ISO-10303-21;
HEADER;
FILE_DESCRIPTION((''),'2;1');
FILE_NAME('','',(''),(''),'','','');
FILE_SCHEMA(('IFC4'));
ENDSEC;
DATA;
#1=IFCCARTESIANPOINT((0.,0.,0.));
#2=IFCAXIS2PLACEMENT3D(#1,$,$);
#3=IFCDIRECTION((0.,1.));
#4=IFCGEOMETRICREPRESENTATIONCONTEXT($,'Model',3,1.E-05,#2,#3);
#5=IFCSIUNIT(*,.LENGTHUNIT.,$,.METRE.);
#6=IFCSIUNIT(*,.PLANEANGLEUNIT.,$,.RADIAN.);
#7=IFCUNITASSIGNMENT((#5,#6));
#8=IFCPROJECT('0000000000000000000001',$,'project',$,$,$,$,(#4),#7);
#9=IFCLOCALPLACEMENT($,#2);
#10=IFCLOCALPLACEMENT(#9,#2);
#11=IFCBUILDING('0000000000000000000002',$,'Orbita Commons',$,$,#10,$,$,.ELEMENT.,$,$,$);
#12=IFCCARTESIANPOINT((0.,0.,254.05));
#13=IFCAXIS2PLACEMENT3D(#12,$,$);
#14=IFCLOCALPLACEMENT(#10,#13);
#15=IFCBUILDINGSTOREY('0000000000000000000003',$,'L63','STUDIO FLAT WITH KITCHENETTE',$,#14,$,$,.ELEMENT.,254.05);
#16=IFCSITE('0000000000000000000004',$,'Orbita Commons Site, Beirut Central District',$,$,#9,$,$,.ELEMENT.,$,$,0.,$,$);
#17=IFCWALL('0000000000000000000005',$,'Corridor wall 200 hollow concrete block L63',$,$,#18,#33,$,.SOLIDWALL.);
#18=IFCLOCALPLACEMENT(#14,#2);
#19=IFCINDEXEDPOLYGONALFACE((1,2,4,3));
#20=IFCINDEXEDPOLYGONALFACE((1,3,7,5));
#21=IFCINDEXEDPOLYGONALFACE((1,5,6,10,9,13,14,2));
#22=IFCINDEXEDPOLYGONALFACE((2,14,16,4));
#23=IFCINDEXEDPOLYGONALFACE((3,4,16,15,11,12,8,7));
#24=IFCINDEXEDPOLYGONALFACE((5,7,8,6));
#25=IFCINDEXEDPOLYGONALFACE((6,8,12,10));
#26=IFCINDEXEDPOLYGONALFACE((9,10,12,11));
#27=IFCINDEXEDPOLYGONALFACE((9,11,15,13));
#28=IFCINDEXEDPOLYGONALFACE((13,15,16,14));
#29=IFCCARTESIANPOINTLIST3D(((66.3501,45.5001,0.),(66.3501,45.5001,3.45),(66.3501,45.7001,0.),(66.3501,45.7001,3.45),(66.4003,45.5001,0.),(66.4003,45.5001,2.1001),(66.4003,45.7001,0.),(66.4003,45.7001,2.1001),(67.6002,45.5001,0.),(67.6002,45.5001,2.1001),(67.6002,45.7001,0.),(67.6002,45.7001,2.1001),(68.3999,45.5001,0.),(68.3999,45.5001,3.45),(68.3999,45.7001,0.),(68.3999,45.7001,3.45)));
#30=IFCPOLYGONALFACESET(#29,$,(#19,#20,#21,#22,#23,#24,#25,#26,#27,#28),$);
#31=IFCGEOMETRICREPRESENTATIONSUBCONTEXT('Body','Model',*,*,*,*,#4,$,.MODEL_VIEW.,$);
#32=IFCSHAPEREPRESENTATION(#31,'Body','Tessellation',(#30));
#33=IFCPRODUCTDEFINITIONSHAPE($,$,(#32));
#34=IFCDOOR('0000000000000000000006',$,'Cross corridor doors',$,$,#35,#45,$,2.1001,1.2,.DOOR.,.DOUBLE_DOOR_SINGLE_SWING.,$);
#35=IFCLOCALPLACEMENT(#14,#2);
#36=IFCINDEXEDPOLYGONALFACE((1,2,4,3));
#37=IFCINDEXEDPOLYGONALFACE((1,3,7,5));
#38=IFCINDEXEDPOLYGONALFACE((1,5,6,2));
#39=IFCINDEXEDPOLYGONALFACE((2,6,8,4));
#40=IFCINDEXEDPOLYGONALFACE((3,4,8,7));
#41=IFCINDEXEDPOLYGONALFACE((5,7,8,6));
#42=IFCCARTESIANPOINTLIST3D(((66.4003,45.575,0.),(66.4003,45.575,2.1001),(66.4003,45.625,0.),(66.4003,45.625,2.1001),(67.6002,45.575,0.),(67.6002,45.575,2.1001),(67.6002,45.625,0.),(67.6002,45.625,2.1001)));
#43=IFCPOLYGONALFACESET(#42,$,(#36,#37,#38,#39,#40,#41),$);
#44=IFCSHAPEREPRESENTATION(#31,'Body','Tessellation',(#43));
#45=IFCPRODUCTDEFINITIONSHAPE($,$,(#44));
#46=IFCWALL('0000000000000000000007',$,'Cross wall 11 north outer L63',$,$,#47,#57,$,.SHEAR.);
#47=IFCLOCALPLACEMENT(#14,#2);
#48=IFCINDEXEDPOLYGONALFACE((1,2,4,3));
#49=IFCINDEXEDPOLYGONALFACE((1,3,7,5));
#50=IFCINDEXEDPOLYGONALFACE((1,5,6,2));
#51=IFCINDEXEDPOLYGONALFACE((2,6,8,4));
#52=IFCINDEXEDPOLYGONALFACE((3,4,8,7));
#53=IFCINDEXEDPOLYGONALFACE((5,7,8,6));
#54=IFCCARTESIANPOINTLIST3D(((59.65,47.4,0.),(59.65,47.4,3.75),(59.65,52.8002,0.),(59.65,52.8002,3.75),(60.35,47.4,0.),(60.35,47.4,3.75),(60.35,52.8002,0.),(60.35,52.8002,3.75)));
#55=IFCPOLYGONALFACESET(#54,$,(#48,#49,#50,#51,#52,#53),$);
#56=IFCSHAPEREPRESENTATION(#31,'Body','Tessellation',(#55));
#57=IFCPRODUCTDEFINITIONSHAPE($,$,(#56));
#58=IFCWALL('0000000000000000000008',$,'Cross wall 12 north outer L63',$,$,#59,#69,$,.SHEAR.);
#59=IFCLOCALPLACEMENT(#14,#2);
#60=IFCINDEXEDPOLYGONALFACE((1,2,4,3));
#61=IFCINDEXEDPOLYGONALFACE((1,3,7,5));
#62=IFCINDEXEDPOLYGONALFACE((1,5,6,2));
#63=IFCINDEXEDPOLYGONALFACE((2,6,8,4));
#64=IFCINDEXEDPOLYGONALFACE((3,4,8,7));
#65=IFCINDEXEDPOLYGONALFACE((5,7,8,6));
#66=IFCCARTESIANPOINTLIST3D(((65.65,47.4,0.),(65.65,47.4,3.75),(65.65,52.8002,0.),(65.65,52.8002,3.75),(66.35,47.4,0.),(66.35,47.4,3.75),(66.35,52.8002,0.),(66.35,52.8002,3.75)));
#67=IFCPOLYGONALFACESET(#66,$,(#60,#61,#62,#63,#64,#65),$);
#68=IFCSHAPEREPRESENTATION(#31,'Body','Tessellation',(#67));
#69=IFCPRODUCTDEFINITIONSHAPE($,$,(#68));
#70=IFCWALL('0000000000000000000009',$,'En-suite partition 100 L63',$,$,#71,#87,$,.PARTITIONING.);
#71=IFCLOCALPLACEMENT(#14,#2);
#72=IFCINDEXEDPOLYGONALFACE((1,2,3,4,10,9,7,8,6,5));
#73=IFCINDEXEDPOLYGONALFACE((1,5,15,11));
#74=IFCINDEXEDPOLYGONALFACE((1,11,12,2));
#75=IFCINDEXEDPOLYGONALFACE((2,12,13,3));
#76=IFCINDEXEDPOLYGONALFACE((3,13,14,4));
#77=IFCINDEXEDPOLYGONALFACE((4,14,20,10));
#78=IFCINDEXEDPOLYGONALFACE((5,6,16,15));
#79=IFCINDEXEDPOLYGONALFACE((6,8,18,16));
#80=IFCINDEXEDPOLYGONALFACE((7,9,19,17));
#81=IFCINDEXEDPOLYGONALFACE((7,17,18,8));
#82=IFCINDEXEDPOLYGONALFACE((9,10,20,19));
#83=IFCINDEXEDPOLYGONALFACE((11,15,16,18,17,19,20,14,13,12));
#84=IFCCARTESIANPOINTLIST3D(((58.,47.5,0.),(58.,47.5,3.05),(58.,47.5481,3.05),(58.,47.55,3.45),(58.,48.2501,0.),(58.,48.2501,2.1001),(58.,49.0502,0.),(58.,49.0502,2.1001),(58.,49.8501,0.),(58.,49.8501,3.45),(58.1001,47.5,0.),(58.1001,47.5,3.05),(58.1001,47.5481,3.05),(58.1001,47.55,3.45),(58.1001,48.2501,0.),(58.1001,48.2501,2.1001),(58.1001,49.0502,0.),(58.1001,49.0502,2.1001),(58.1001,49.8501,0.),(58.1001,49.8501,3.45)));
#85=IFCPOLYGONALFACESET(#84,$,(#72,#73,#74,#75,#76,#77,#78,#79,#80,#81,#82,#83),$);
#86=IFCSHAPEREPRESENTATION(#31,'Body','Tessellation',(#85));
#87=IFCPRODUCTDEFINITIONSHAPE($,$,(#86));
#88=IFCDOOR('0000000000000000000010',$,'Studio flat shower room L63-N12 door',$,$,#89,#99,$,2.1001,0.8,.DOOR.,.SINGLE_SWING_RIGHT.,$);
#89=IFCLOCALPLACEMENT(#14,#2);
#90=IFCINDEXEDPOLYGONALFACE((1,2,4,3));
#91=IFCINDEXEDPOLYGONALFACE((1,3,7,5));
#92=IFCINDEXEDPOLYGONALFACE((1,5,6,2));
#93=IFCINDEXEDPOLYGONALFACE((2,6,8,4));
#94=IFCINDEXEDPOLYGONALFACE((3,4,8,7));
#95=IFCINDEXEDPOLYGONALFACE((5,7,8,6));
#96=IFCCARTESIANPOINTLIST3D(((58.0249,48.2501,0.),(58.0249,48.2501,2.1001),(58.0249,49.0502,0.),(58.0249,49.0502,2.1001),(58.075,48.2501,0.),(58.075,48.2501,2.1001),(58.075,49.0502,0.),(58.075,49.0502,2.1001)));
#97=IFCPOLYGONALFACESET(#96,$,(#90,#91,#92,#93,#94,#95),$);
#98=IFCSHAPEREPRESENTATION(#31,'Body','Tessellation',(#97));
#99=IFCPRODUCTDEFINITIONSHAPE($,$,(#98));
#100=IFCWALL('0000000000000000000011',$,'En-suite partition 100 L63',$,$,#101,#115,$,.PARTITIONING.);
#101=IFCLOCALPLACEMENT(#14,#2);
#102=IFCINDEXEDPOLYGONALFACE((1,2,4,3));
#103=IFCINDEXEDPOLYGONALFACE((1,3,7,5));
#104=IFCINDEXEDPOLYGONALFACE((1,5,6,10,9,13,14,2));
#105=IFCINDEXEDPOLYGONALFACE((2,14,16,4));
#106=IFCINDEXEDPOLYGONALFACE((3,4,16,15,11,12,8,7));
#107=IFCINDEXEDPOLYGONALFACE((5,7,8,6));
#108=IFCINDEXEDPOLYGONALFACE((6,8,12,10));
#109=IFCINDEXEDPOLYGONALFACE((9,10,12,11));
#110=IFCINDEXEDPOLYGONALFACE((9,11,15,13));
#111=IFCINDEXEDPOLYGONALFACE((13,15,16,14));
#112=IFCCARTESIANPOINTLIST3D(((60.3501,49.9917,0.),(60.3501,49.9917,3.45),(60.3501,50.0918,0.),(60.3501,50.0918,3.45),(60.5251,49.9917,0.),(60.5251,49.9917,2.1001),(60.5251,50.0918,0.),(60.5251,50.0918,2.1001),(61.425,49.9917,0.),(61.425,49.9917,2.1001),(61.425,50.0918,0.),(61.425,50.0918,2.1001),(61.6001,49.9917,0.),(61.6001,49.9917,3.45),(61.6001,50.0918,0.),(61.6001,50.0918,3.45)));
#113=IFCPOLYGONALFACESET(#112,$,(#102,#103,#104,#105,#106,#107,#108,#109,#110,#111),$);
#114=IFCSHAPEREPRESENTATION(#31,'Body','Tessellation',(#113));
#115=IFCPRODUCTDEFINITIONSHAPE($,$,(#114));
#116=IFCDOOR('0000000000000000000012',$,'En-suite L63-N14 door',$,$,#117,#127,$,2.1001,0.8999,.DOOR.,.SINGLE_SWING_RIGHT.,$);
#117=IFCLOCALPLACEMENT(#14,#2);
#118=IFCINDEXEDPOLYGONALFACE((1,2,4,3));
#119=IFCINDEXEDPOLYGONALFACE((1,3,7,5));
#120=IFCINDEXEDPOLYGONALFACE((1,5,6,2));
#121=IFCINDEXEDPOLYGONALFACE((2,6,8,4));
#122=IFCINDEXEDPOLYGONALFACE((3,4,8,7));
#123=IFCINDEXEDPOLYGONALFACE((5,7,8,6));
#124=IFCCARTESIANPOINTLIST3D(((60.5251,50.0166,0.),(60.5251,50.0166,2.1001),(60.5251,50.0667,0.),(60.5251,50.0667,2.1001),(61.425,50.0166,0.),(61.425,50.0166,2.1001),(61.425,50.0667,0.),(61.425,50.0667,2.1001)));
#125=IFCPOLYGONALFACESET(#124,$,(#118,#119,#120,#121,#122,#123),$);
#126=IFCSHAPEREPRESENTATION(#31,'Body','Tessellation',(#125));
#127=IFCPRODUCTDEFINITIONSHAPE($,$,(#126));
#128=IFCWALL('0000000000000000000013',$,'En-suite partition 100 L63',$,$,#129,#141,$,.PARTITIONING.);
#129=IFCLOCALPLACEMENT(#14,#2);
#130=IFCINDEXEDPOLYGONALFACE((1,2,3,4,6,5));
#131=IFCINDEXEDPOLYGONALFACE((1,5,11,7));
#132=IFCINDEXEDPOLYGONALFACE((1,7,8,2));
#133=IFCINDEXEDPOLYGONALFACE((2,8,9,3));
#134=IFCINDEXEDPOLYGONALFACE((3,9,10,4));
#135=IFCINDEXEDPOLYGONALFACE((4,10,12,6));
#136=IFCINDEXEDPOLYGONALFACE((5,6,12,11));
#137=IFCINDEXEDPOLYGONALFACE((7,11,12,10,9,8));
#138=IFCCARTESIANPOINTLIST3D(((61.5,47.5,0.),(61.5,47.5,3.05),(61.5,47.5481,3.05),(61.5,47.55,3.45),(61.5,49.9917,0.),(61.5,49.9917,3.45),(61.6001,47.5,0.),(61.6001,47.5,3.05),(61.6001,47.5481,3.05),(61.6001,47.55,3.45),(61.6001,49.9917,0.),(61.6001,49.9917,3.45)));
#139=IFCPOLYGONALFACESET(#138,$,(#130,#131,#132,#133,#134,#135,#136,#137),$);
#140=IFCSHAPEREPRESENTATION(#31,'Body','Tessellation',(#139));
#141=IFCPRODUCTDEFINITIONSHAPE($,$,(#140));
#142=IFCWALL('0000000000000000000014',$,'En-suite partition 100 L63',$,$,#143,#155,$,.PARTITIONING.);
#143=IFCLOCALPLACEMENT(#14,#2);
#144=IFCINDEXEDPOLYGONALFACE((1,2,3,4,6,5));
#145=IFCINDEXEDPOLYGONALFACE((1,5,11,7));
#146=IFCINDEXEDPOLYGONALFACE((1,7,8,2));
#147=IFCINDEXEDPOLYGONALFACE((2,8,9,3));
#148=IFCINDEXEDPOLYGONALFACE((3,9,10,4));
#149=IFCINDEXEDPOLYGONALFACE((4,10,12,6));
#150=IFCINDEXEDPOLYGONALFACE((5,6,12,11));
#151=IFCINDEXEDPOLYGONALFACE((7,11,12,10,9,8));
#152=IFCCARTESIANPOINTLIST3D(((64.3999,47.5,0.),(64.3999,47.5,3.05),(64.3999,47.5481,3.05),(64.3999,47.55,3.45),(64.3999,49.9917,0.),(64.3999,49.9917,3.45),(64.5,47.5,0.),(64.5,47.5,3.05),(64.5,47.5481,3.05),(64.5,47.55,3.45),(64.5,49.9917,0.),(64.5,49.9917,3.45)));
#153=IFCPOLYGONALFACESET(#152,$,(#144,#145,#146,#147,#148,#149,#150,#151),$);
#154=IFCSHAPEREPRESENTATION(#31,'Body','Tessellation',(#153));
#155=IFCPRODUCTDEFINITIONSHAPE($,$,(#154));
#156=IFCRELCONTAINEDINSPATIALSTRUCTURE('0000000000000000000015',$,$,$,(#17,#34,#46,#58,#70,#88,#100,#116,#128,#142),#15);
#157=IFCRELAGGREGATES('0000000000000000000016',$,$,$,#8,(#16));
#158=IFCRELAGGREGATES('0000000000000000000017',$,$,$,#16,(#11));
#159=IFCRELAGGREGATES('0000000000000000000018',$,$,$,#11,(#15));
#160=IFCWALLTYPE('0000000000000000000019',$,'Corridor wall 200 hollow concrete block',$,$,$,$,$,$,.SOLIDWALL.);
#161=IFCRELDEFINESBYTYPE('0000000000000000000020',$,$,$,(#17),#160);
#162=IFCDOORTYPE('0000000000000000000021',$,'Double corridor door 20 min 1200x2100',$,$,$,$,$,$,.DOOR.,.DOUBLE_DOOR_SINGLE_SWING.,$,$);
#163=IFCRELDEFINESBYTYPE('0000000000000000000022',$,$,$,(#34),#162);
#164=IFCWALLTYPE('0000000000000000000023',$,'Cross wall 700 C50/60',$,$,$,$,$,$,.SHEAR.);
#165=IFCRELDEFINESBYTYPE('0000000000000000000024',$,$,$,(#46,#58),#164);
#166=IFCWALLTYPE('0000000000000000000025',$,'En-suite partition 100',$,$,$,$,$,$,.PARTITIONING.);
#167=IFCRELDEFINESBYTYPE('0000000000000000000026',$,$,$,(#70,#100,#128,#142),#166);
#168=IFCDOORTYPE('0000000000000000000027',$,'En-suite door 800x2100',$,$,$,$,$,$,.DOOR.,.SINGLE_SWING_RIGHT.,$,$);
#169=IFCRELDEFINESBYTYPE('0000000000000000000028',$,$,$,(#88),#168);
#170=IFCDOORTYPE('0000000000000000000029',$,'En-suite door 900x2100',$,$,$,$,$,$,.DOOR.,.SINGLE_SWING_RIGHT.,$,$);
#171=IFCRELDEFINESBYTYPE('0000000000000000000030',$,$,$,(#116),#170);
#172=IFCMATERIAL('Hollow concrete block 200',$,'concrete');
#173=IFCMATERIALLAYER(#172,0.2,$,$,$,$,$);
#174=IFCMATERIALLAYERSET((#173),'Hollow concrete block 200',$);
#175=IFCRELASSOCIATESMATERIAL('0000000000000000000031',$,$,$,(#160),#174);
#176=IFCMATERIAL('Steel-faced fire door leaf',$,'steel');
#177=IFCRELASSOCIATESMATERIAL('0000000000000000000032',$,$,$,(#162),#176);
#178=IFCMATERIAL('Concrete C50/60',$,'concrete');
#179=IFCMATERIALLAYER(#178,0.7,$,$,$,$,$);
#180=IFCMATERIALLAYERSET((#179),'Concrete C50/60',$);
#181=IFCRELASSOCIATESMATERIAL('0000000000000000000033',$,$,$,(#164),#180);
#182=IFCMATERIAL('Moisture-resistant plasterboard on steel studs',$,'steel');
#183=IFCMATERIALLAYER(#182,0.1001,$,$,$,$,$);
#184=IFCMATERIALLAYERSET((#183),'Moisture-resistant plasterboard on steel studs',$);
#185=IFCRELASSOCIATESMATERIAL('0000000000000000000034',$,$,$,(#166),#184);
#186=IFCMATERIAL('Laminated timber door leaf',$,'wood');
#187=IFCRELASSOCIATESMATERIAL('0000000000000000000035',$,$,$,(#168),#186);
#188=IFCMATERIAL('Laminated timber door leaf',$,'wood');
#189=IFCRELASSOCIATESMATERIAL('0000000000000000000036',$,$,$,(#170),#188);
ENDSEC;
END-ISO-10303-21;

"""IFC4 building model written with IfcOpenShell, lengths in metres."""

from ifc_helpers import new_model, si_unit, direction, frame, frame_2d, origin, place, context, subcontext, project, spatial, polyline, rectangle, outline, extrude, material, layer, layer_set, type_object, element, fill, save


model = new_model("IFC4")

# Units and contexts
model_context = context("Model", 3, precision=1e-05, world=origin(), true_north=direction((0.0, 1.0)))
body_context = subcontext(model_context, "Body", "Model", "MODEL_VIEW")
ifc_project = project(units=[si_unit("LENGTHUNIT", "METRE"), si_unit("PLANEANGLEUNIT", "RADIAN")], contexts=[model_context])

# Site, building, storey
site_placement = place(None, origin())
site = spatial("IfcSite", under=ifc_project, at=site_placement, Name="Orbita Commons Site, Beirut Central District", CompositionType="ELEMENT", RefElevation=0.0)
building_placement = place(site_placement, origin())
building = spatial("IfcBuilding", under=site, at=building_placement, Name="Orbita Commons", CompositionType="ELEMENT")
storey_placement = place(building_placement, frame((0.0, 0.0, 254.05)))
storey = spatial("IfcBuildingStorey", under=building, at=storey_placement, Name="L63", Description="STUDIO FLAT WITH KITCHENETTE", CompositionType="ELEMENT", Elevation=254.05)

# Wall, opening, door
ifc_material_1 = material(Name="Hollow concrete block 200", Category="concrete")
ifc_layer_1 = layer(ifc_material_1, 0.2)
ifc_layer_set_1 = layer_set([ifc_layer_1], Name="Hollow concrete block 200")
wall_type_1 = type_object("IfcWallType", Name="Corridor wall 200 hollow concrete block", PredefinedType="SOLIDWALL", material=ifc_layer_set_1)
wall_1_placement = place(storey_placement, frame((66.3501, 45.6001, 0.0), z_axis=(0.0, 0.0, 1.0), x_axis=(1.0, 0.0, 0.0)))
wall_1 = element("IfcWall", 1, at=wall_1_placement, inside=storey, type_object=wall_type_1, Name="Corridor wall 200 hollow concrete block L63", PredefinedType="SOLIDWALL", context=body_context, shape_type="SweptSolid", body=[
    extrude(rectangle(XDim=2.0498, YDim=0.2, at=frame_2d((1.0249, 0.0))), origin(), (0.0, 0.0, 1.0), 3.45),
])
opening_1_placement = place(wall_1_placement, frame((0.05, 0.0, 0.0)))
opening_1 = element("IfcOpeningElement", 2, at=opening_1_placement, cuts=wall_1, PredefinedType="OPENING", context=body_context, shape_type="SweptSolid", body=[
    extrude(rectangle(XDim=1.2, YDim=2.1001, at=frame_2d((0.6001, 1.05))), frame((0.0, 0.1099, 0.0), z_axis=(0.0, -1.0, 0.0), x_axis=(1.0, 0.0, 0.0)), (0.0, 0.0, 1.0), 0.22),
])
ifc_material_2 = material(Name="Steel-faced fire door leaf", Category="steel")
door_type_1 = type_object("IfcDoorType", Name="Double corridor door 20 min 1200x2100", OperationType="DOUBLE_DOOR_SINGLE_SWING", PredefinedType="DOOR", material=ifc_material_2)
door_1_placement = place(opening_1_placement, origin())
door_1 = element("IfcDoor", 3, at=door_1_placement, inside=storey, type_object=door_type_1, Name="Cross corridor doors", OperationType="DOUBLE_DOOR_SINGLE_SWING", OverallHeight=2.1001, OverallWidth=1.2, PredefinedType="DOOR", context=body_context, shape_type="SweptSolid", body=[
    extrude(rectangle(XDim=1.2, YDim=2.1001, at=frame_2d((0.6001, 1.05))), frame((0.0, 0.0249, 0.0), z_axis=(0.0, -1.0, 0.0), x_axis=(1.0, 0.0, 0.0)), (0.0, 0.0, 1.0), 0.05),
])
fill(opening_1, door_1)

# Walls
ifc_material_3 = material(Name="Concrete C50/60", Category="concrete")
ifc_layer_2 = layer(ifc_material_3, 0.7)
ifc_layer_set_2 = layer_set([ifc_layer_2], Name="Concrete C50/60")
wall_type_2 = type_object("IfcWallType", Name="Cross wall 700 C50/60", PredefinedType="SHEAR", material=ifc_layer_set_2)
for number, where, z_axis, x_axis, name in (
    (4, (60.0, 47.3999, 0.0), (0.0, 0.0, 1.0), (0.0, 1.0, 0.0), "Cross wall 11 north outer L63"),
    (5, (66.0, 47.3999, 0.0), (0.0, 0.0, 1.0), (0.0, 1.0, 0.0), "Cross wall 12 north outer L63"),
):
    element("IfcWall", number, at=place(storey_placement, frame(where, z_axis=z_axis, x_axis=x_axis)), inside=storey, type_object=wall_type_2, Name=name, PredefinedType="SHEAR", context=body_context, shape_type="SweptSolid", body=[
        extrude(rectangle(XDim=5.4001, YDim=0.7, at=frame_2d((2.7002, 0.0))), origin(), (0.0, 0.0, 1.0), 3.75),
    ])

# Walls, openings, doors
ifc_material_4 = material(Name="Moisture-resistant plasterboard on steel studs", Category="steel")
ifc_layer_3 = layer(ifc_material_4, 0.1001)
ifc_layer_set_3 = layer_set([ifc_layer_3], Name="Moisture-resistant plasterboard on steel studs")
wall_type_3 = type_object("IfcWallType", Name="En-suite partition 100", PredefinedType="PARTITIONING", material=ifc_layer_set_3)
wall_2_placement = place(storey_placement, frame((58.05, 49.8501, 0.0), z_axis=(0.0, 0.0, 1.0), x_axis=(0.0, -1.0, 0.0)))
wall_2 = element("IfcWall", 6, at=wall_2_placement, inside=storey, type_object=wall_type_3, Name="En-suite partition 100 L63", PredefinedType="PARTITIONING", context=body_context, shape_type="SweptSolid", body=[
    extrude(outline(polyline([(0.0, 0.0), (2.3501, 0.0), (2.3501, 3.05), (2.302, 3.05), (2.3, 3.45), (0.0, 3.45), (0.0, 0.0)])), frame((0.0, 0.05, 0.0), z_axis=(0.0, -1.0, 0.0), x_axis=(1.0, 0.0, 0.0)), (0.0, 0.0, 1.0), 0.1001),
])
opening_2_placement = place(wall_2_placement, frame((0.8, 0.0, 0.0)))
opening_2 = element("IfcOpeningElement", 7, at=opening_2_placement, cuts=wall_2, PredefinedType="OPENING", context=body_context, shape_type="SweptSolid", body=[
    extrude(rectangle(XDim=0.8, YDim=2.1001, at=frame_2d((0.3999, 1.05))), frame((0.0, 0.0601, 0.0), z_axis=(0.0, -1.0, 0.0), x_axis=(1.0, 0.0, 0.0)), (0.0, 0.0, 1.0), 0.1201),
])
ifc_material_5 = material(Name="Laminated timber door leaf", Category="wood")
door_type_2 = type_object("IfcDoorType", Name="En-suite door 800x2100", OperationType="SINGLE_SWING_RIGHT", PredefinedType="DOOR", material=ifc_material_5)
door_2_placement = place(opening_2_placement, origin())
door_2 = element("IfcDoor", 8, at=door_2_placement, inside=storey, type_object=door_type_2, Name="Studio flat shower room L63-N12 door", OperationType="SINGLE_SWING_RIGHT", OverallHeight=2.1001, OverallWidth=0.8, PredefinedType="DOOR", context=body_context, shape_type="SweptSolid", body=[
    extrude(rectangle(XDim=0.8, YDim=2.1001, at=frame_2d((0.3999, 1.05))), frame((0.0, 0.0249, 0.0), z_axis=(0.0, -1.0, 0.0), x_axis=(1.0, 0.0, 0.0)), (0.0, 0.0, 1.0), 0.05),
])
fill(opening_2, door_2)
wall_3_placement = place(storey_placement, frame((60.3501, 50.0417, 0.0), z_axis=(0.0, 0.0, 1.0), x_axis=(1.0, 0.0, 0.0)))
wall_3 = element("IfcWall", 9, at=wall_3_placement, inside=storey, type_object=wall_type_3, Name="En-suite partition 100 L63", PredefinedType="PARTITIONING", context=body_context, shape_type="SweptSolid", body=[
    extrude(rectangle(XDim=1.25, YDim=0.1001, at=frame_2d((0.625, 0.0))), origin(), (0.0, 0.0, 1.0), 3.45),
])
opening_3_placement = place(wall_3_placement, frame((0.175, 0.0, 0.0)))
opening_3 = element("IfcOpeningElement", 10, at=opening_3_placement, cuts=wall_3, PredefinedType="OPENING", context=body_context, shape_type="SweptSolid", body=[
    extrude(rectangle(XDim=0.8999, YDim=2.1001, at=frame_2d((0.45, 1.05))), frame((0.0, 0.0601, 0.0), z_axis=(0.0, -1.0, 0.0), x_axis=(1.0, 0.0, 0.0)), (0.0, 0.0, 1.0), 0.1201),
])
ifc_material_6 = material(Name="Laminated timber door leaf", Category="wood")
door_type_3 = type_object("IfcDoorType", Name="En-suite door 900x2100", OperationType="SINGLE_SWING_RIGHT", PredefinedType="DOOR", material=ifc_material_6)
door_3_placement = place(opening_3_placement, origin())
door_3 = element("IfcDoor", 11, at=door_3_placement, inside=storey, type_object=door_type_3, Name="En-suite L63-N14 door", OperationType="SINGLE_SWING_RIGHT", OverallHeight=2.1001, OverallWidth=0.8999, PredefinedType="DOOR", context=body_context, shape_type="SweptSolid", body=[
    extrude(rectangle(XDim=0.8999, YDim=2.1001, at=frame_2d((0.45, 1.05))), frame((0.0, 0.0249, 0.0), z_axis=(0.0, -1.0, 0.0), x_axis=(1.0, 0.0, 0.0)), (0.0, 0.0, 1.0), 0.05),
])
fill(opening_3, door_3)

# Walls
for number, where, z_axis, x_axis, name in (
    (12, (61.55, 49.9917, 0.0), (0.0, 0.0, 1.0), (0.0, -1.0, 0.0), "En-suite partition 100 L63"),
    (13, (64.45, 49.9917, 0.0), (0.0, 0.0, 1.0), (0.0, -1.0, 0.0), "En-suite partition 100 L63"),
):
    element("IfcWall", number, at=place(storey_placement, frame(where, z_axis=z_axis, x_axis=x_axis)), inside=storey, type_object=wall_type_3, Name=name, PredefinedType="PARTITIONING", context=body_context, shape_type="SweptSolid", body=[
        extrude(outline(polyline([(0.0, 0.0), (2.4917, 0.0), (2.4917, 3.05), (2.4436, 3.05), (2.4417, 3.45), (0.0, 3.45), (0.0, 0.0)])), frame((0.0, 0.05, 0.0), z_axis=(0.0, -1.0, 0.0), x_axis=(1.0, 0.0, 0.0)), (0.0, 0.0, 1.0), 0.1001),
    ])

save(model, "model.ifc")
